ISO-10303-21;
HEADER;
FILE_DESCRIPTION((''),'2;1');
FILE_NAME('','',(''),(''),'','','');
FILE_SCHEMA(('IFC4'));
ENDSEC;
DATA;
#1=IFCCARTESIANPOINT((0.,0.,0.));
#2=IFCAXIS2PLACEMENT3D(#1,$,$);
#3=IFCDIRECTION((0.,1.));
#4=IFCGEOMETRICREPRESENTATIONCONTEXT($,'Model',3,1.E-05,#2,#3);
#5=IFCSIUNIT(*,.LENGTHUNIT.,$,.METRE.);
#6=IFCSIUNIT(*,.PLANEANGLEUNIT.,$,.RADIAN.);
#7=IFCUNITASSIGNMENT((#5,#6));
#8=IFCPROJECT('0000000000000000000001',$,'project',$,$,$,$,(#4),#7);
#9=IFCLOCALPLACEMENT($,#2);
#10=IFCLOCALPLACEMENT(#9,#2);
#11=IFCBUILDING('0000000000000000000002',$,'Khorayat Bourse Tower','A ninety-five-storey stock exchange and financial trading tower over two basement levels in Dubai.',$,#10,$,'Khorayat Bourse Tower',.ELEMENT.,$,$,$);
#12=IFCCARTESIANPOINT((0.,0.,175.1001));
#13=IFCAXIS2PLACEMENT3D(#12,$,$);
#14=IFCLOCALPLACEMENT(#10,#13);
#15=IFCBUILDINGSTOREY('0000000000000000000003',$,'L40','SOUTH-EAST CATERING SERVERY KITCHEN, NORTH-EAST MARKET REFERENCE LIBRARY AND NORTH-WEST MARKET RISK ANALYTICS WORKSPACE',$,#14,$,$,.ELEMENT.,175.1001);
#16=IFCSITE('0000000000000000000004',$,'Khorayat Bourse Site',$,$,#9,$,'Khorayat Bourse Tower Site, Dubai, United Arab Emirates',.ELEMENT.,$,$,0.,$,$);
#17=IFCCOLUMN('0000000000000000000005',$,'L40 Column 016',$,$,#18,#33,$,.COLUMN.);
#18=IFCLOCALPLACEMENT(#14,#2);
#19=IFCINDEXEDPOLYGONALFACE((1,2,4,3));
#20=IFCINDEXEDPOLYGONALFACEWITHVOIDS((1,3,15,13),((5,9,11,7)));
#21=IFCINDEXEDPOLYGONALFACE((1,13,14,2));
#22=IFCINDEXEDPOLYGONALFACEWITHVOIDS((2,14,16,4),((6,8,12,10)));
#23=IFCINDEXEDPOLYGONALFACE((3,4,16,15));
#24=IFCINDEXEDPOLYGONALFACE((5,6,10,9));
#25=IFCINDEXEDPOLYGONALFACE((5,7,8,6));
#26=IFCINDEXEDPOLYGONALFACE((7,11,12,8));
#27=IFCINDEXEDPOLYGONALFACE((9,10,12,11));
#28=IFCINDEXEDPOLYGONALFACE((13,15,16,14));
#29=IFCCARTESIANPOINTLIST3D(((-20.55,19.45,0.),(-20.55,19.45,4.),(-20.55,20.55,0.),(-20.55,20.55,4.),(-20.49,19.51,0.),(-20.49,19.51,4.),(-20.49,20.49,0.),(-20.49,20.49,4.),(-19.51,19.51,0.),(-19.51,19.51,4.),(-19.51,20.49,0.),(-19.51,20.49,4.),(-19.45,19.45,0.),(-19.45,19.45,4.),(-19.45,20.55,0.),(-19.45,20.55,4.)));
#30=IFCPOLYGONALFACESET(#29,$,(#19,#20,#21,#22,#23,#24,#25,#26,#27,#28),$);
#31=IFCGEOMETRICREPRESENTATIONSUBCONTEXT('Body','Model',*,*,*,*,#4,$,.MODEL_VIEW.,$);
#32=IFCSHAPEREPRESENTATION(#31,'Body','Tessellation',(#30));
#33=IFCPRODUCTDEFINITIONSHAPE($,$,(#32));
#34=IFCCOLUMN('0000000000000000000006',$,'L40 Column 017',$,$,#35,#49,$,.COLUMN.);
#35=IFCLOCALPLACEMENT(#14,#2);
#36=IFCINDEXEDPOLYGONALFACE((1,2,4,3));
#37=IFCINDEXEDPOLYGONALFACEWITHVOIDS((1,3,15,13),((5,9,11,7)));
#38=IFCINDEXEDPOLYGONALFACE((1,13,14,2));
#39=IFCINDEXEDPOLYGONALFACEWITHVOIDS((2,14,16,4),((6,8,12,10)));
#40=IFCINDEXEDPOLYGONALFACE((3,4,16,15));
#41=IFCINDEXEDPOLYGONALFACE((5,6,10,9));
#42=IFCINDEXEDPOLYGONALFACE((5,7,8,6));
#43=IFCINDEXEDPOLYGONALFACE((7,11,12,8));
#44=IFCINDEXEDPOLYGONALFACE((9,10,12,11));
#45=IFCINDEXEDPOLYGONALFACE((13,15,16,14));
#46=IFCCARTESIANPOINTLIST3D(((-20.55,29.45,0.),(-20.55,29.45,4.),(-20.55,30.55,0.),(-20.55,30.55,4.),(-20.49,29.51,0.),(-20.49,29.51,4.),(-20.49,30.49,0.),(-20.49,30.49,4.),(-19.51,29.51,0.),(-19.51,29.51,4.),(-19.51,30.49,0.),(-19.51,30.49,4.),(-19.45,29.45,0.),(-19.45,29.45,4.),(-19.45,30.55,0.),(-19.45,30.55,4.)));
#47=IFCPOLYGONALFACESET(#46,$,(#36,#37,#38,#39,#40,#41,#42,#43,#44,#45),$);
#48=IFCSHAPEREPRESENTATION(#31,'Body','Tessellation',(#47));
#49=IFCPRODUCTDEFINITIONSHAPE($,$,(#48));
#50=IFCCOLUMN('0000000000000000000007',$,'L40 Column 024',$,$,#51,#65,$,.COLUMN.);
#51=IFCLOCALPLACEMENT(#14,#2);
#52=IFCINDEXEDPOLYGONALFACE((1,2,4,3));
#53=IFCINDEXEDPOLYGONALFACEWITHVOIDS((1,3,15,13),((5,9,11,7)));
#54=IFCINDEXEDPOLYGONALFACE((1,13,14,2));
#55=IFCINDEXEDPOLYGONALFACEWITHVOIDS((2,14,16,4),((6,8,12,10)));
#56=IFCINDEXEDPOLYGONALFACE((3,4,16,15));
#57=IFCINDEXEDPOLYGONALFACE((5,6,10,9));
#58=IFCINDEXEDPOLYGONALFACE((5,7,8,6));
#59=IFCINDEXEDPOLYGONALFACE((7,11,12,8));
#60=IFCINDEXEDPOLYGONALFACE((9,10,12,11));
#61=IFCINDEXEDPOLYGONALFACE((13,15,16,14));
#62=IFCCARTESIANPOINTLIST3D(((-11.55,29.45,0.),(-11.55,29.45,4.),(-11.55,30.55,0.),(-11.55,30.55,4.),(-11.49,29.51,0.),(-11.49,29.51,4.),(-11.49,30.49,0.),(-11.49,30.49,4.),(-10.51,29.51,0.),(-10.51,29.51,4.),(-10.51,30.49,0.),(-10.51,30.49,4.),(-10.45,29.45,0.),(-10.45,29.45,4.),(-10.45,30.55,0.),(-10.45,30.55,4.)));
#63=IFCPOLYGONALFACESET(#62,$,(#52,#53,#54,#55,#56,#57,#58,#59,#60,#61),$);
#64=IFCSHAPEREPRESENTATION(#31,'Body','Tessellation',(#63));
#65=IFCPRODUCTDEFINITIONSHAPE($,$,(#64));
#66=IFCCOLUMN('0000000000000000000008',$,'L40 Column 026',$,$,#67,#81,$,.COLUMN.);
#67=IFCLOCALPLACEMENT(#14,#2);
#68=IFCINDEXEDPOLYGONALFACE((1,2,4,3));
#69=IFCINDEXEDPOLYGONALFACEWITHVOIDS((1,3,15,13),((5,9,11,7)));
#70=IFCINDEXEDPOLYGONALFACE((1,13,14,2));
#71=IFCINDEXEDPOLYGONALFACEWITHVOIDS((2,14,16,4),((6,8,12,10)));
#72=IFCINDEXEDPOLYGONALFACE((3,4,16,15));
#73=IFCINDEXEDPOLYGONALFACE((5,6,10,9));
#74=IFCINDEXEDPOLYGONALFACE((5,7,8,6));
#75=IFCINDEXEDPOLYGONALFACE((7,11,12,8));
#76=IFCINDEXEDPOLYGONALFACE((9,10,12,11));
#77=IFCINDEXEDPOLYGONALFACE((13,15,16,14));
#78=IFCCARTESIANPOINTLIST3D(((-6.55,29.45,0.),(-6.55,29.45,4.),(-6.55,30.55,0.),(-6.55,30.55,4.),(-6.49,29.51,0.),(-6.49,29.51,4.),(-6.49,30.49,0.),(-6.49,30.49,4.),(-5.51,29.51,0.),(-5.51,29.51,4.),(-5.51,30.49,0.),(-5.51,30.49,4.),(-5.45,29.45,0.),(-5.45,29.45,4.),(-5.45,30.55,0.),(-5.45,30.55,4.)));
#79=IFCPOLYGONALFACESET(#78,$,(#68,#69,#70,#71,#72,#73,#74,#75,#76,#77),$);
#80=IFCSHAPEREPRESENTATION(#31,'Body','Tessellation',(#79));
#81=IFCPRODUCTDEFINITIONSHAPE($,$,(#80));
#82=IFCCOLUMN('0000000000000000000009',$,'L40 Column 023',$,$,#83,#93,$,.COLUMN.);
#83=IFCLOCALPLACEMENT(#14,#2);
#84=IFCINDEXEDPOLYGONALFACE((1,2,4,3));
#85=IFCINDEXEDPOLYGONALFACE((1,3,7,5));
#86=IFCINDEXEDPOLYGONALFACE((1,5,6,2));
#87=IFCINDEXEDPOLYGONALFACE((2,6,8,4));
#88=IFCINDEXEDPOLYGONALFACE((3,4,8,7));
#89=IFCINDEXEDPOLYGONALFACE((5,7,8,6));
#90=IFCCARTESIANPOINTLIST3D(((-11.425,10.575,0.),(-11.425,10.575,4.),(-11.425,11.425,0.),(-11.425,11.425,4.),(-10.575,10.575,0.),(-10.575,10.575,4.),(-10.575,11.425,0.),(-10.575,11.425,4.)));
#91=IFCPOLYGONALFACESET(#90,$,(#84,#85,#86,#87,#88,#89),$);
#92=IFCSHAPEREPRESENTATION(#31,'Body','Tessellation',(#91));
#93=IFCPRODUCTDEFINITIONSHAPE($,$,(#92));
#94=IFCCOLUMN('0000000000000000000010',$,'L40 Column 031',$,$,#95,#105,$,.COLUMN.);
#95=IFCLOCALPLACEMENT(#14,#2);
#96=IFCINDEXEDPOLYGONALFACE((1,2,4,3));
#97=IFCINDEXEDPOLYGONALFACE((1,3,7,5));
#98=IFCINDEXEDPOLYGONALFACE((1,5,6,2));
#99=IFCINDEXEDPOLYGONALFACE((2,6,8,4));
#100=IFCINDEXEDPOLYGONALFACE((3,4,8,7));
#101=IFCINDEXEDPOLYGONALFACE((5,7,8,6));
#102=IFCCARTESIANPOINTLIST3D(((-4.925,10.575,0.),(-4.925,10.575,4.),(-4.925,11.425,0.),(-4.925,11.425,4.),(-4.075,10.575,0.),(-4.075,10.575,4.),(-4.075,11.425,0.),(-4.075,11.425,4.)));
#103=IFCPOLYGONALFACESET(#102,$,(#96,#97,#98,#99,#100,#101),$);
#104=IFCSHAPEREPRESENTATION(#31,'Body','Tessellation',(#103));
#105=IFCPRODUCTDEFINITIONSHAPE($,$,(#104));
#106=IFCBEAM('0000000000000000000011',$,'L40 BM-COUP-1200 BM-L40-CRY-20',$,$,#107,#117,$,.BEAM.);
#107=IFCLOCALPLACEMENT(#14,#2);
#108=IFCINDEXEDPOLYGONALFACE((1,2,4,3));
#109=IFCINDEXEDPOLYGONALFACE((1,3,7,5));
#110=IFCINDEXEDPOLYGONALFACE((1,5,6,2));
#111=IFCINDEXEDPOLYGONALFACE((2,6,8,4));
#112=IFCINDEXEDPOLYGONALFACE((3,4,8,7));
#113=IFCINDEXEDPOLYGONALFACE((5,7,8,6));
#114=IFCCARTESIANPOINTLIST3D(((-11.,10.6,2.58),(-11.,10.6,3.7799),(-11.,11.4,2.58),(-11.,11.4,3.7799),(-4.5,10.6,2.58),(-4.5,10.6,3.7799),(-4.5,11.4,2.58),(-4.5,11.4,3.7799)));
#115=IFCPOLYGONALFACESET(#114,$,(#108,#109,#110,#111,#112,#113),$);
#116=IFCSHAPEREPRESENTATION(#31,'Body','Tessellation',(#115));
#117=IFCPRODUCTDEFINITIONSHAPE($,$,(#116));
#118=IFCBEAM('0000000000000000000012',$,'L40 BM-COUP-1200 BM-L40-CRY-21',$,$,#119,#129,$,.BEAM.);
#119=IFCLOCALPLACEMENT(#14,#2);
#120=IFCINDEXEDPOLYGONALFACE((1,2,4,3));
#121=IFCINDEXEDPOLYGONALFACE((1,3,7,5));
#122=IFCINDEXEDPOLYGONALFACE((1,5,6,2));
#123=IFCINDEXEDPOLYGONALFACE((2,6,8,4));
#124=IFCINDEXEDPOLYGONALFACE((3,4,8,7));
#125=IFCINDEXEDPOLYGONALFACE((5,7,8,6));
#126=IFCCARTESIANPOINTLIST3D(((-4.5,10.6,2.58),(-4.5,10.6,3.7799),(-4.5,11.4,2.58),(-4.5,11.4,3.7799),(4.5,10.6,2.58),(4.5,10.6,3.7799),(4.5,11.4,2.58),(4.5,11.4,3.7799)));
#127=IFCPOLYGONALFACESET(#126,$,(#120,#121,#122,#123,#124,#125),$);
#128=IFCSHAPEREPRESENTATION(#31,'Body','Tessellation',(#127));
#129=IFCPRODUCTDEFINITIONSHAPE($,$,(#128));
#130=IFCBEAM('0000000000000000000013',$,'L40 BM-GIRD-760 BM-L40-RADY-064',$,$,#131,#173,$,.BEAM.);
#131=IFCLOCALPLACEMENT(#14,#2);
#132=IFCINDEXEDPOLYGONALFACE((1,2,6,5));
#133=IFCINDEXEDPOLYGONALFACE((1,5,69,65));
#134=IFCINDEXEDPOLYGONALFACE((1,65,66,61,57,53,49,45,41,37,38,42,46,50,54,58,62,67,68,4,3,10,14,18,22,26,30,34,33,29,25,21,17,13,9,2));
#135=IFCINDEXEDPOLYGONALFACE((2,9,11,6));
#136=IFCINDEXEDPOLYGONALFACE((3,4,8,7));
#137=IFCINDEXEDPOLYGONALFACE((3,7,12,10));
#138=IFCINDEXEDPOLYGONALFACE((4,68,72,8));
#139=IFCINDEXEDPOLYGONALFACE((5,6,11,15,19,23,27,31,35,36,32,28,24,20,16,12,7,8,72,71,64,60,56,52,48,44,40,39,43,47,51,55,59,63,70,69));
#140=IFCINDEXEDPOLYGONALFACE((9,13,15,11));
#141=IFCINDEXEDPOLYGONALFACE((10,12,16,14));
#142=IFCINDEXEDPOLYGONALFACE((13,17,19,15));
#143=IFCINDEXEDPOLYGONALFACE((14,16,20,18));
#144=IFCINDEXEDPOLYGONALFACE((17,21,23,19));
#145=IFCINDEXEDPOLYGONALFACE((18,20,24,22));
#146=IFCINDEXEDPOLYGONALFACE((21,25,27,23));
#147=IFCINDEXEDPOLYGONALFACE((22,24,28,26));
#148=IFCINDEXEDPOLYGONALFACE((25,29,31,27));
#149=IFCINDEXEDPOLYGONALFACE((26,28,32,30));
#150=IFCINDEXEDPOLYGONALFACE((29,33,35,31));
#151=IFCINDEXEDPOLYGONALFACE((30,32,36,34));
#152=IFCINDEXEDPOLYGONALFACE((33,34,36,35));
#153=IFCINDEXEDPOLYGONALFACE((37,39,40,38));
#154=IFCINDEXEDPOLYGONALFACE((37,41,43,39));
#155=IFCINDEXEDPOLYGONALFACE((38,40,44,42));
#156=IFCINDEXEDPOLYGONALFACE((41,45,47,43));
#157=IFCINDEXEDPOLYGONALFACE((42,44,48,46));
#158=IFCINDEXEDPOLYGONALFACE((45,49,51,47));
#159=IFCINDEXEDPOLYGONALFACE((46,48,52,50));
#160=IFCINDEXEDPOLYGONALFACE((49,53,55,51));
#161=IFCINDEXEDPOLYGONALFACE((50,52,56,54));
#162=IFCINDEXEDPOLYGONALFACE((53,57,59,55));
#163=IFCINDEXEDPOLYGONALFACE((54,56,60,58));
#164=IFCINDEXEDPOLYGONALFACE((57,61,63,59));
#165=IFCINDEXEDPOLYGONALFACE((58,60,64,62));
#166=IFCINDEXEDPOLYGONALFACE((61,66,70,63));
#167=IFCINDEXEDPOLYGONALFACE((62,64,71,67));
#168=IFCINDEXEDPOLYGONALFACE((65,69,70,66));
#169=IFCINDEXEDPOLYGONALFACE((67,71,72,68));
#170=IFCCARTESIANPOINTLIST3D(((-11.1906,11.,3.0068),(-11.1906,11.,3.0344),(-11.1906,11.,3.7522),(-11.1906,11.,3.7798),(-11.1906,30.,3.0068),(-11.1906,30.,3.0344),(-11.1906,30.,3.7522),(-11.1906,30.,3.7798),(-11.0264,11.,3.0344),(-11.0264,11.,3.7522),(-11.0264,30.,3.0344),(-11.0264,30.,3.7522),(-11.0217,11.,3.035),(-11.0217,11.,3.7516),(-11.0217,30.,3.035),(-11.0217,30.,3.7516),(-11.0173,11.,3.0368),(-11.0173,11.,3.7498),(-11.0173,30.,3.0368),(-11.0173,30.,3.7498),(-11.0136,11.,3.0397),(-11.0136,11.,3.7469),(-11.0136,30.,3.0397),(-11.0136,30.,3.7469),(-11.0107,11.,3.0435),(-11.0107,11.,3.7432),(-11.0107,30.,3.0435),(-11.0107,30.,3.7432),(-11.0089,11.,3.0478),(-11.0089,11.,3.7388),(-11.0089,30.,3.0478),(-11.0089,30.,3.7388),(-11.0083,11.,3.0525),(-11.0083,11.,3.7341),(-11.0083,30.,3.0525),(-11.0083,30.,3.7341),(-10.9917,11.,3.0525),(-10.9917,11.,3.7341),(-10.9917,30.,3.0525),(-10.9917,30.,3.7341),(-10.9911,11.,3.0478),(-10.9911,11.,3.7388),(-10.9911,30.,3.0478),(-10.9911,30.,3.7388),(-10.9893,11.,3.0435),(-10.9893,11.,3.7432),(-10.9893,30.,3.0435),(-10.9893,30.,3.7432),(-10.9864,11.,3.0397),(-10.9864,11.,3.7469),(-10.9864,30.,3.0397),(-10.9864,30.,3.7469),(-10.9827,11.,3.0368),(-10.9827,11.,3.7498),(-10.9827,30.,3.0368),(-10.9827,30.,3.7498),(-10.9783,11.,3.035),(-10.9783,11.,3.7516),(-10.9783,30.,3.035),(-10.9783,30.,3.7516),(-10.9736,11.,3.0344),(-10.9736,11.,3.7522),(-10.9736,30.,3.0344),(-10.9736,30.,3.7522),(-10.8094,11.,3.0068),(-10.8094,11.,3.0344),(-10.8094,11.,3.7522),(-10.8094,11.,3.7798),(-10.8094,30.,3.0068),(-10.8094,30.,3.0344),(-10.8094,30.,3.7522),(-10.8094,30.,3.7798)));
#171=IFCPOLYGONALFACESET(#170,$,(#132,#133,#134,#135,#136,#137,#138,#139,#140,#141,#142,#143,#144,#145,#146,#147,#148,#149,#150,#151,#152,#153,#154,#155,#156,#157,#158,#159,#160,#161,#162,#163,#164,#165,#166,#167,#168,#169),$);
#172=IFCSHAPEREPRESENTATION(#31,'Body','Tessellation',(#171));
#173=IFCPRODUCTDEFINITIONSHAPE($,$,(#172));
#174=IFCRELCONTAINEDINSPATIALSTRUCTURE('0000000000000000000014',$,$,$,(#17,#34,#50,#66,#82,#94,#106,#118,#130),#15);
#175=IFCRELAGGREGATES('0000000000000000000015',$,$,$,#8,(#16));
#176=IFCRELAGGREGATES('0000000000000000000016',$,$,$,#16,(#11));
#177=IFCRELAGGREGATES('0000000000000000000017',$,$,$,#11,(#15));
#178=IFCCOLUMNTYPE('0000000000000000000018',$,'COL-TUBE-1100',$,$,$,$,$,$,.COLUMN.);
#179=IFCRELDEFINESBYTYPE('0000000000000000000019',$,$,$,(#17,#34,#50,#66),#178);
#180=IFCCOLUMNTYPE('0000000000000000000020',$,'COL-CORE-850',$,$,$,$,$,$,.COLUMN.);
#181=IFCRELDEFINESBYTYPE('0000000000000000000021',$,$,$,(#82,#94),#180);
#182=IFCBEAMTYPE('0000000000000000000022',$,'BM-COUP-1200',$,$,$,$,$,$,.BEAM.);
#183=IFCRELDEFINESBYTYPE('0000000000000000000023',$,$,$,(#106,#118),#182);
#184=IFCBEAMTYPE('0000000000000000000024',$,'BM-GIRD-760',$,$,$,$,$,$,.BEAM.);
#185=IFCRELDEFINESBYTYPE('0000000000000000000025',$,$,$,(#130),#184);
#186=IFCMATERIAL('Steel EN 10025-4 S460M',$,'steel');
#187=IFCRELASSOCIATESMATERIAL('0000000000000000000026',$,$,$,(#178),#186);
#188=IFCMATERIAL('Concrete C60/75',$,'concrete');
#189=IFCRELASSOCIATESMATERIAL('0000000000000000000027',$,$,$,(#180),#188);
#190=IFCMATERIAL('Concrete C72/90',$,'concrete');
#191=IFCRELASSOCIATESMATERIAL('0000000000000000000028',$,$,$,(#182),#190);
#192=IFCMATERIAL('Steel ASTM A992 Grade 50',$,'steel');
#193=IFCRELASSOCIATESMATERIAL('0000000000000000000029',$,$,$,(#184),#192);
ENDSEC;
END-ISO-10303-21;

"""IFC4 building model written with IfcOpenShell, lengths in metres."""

from ifc_helpers import new_model, si_unit, direction, frame, origin, origin_2d, place, context, subcontext, project, spatial, rectangle, hollow_rectangle, i_section, extrude, source, transform, mapped, material, material_profile, profile_set, type_object, element, save


model = new_model("IFC4")

# Units and contexts
model_context = context("Model", 3, precision=1e-05, world=origin(), true_north=direction((0.0, 1.0)))
body_context = subcontext(model_context, "Body", "Model", "MODEL_VIEW")
ifc_project = project(units=[si_unit("LENGTHUNIT", "METRE"), si_unit("PLANEANGLEUNIT", "RADIAN")], contexts=[model_context])

# Site, building, storey
site_placement = place(None, origin())
site = spatial("IfcSite", under=ifc_project, at=site_placement, Name="Khorayat Bourse Site", LongName="Khorayat Bourse Tower Site, Dubai, United Arab Emirates", CompositionType="ELEMENT", RefElevation=0.0)
building_placement = place(site_placement, origin())
building = spatial("IfcBuilding", under=site, at=building_placement, Name="Khorayat Bourse Tower", Description="A ninety-five-storey stock exchange and financial trading tower over two basement levels in Dubai.", LongName="Khorayat Bourse Tower", CompositionType="ELEMENT")
storey_placement = place(building_placement, frame((0.0, 0.0, 175.1001)))
storey = spatial("IfcBuildingStorey", under=building, at=storey_placement, Name="L40", Description="SOUTH-EAST CATERING SERVERY KITCHEN, NORTH-EAST MARKET REFERENCE LIBRARY AND NORTH-WEST MARKET RISK ANALYTICS WORKSPACE", CompositionType="ELEMENT", Elevation=175.1001)

# Columns
ifc_material_1 = material(Name="Steel EN 10025-4 S460M", Category="steel")
ifc_material_profile_1 = material_profile(ifc_material_1, hollow_rectangle(XDim=1.1001, YDim=1.1001, WallThickness=0.0601, at=origin_2d()), Name="BOX 1100x1100x60")
ifc_profile_set_1 = profile_set([ifc_material_profile_1], Name="Steel EN 10025-4 S460M")
column_type_1 = type_object("IfcColumnType", Name="COL-TUBE-1100", PredefinedType="COLUMN", material=ifc_profile_set_1)
shared_shape_1 = source(origin(), body_context, "Body", "SweptSolid", [
    extrude(hollow_rectangle(XDim=1.1001, YDim=1.1001, WallThickness=0.0601, at=origin_2d()), origin(), (0.0, 0.0, 1.0), 4.0),
])
for number, where, z_axis, x_axis, name in (
    (1, (-20.0, 20.0, 0.0), (0.0, 0.0, 1.0), (1.0, 0.0, 0.0), "L40 Column 016"),
    (2, (-20.0, 30.0, 0.0), (0.0, 0.0, 1.0), (1.0, 0.0, 0.0), "L40 Column 017"),
    (3, (-11.0, 30.0, 0.0), (0.0, 0.0, 1.0), (1.0, 0.0, 0.0), "L40 Column 024"),
    (4, (-6.0, 30.0, 0.0), (0.0, 0.0, 1.0), (1.0, 0.0, 0.0), "L40 Column 026"),
):
    element("IfcColumn", number, at=place(storey_placement, frame(where, z_axis=z_axis, x_axis=x_axis)), inside=storey, type_object=column_type_1, Name=name, PredefinedType="COLUMN", context=body_context, shape_type="MappedRepresentation", body=[
        mapped(shared_shape_1, transform((0.0, 0.0, 0.0), scale=1.0)),
    ])
ifc_material_2 = material(Name="Concrete C60/75", Category="concrete")
ifc_material_profile_2 = material_profile(ifc_material_2, rectangle(XDim=0.8501, YDim=0.8501, at=origin_2d()), Name="RC 850x850")
ifc_profile_set_2 = profile_set([ifc_material_profile_2], Name="Concrete C60/75")
column_type_2 = type_object("IfcColumnType", Name="COL-CORE-850", PredefinedType="COLUMN", material=ifc_profile_set_2)
shared_shape_2 = source(origin(), body_context, "Body", "SweptSolid", [
    extrude(rectangle(XDim=0.8501, YDim=0.8501, at=origin_2d()), origin(), (0.0, 0.0, 1.0), 4.0),
])
for number, where, z_axis, x_axis, name in (
    (5, (-11.0, 11.0, 0.0), (0.0, 0.0, 1.0), (1.0, 0.0, 0.0), "L40 Column 023"),
    (6, (-4.5, 11.0, 0.0), (0.0, 0.0, 1.0), (1.0, 0.0, 0.0), "L40 Column 031"),
):
    element("IfcColumn", number, at=place(storey_placement, frame(where, z_axis=z_axis, x_axis=x_axis)), inside=storey, type_object=column_type_2, Name=name, PredefinedType="COLUMN", context=body_context, shape_type="MappedRepresentation", body=[
        mapped(shared_shape_2, transform((0.0, 0.0, 0.0), scale=1.0)),
    ])

# Beams
ifc_material_3 = material(Name="Concrete C72/90", Category="concrete")
ifc_material_profile_3 = material_profile(ifc_material_3, rectangle(XDim=0.8, YDim=1.2, at=origin_2d()), Name="RC 800x1200")
ifc_profile_set_3 = profile_set([ifc_material_profile_3], Name="Concrete C72/90")
beam_type_1 = type_object("IfcBeamType", Name="BM-COUP-1200", PredefinedType="BEAM", material=ifc_profile_set_3)
shared_shape_3 = source(origin(), body_context, "Body", "SweptSolid", [
    extrude(rectangle(XDim=0.8, YDim=1.2, at=origin_2d()), origin(), (0.0, 0.0, 1.0), 6.5),
])
beam_1_placement = place(storey_placement, frame((-11.0, 11.0, 3.1799), z_axis=(1.0, 0.0, 0.0), x_axis=(0.0, 1.0, 0.0)))
element("IfcBeam", 7, at=beam_1_placement, inside=storey, type_object=beam_type_1, Name="L40 BM-COUP-1200 BM-L40-CRY-20", PredefinedType="BEAM", context=body_context, shape_type="MappedRepresentation", body=[
    mapped(shared_shape_3, transform((0.0, 0.0, 0.0), scale=1.0)),
])
shared_shape_4 = source(origin(), body_context, "Body", "SweptSolid", [
    extrude(rectangle(XDim=0.8, YDim=1.2, at=origin_2d()), origin(), (0.0, 0.0, 1.0), 9.0),
])
beam_2_placement = place(storey_placement, frame((-4.5, 11.0, 3.1799), z_axis=(1.0, 0.0, 0.0), x_axis=(0.0, 1.0, 0.0)))
element("IfcBeam", 8, at=beam_2_placement, inside=storey, type_object=beam_type_1, Name="L40 BM-COUP-1200 BM-L40-CRY-21", PredefinedType="BEAM", context=body_context, shape_type="MappedRepresentation", body=[
    mapped(shared_shape_4, transform((0.0, 0.0, 0.0), scale=1.0)),
])
ifc_material_4 = material(Name="Steel ASTM A992 Grade 50", Category="steel")
ifc_material_profile_4 = material_profile(ifc_material_4, i_section(OverallWidth=0.3811, OverallDepth=0.7729, WebThickness=0.0166, FlangeThickness=0.0276, FilletRadius=0.0181, at=origin_2d()), Name="W760X257")
ifc_profile_set_4 = profile_set([ifc_material_profile_4], Name="Steel ASTM A992 Grade 50")
beam_type_2 = type_object("IfcBeamType", Name="BM-GIRD-760", PredefinedType="BEAM", material=ifc_profile_set_4)
shared_shape_5 = source(origin(), body_context, "Body", "SweptSolid", [
    extrude(i_section(OverallWidth=0.3811, OverallDepth=0.7729, WebThickness=0.0166, FlangeThickness=0.0276, FilletRadius=0.0181, at=origin_2d()), origin(), (0.0, 0.0, 1.0), 19.0),
])
for number, where, z_axis, x_axis, name in (
    (9, (-11.0, 11.0, 3.3933), (0.0, 1.0, 0.0), (-1.0, 0.0, 0.0), "L40 BM-GIRD-760 BM-L40-RADY-064"),
):
    element("IfcBeam", number, at=place(storey_placement, frame(where, z_axis=z_axis, x_axis=x_axis)), inside=storey, type_object=beam_type_2, Name=name, PredefinedType="BEAM", context=body_context, shape_type="MappedRepresentation", body=[
        mapped(shared_shape_5, transform((0.0, 0.0, 0.0), scale=1.0)),
    ])

save(model, "model.ifc")
